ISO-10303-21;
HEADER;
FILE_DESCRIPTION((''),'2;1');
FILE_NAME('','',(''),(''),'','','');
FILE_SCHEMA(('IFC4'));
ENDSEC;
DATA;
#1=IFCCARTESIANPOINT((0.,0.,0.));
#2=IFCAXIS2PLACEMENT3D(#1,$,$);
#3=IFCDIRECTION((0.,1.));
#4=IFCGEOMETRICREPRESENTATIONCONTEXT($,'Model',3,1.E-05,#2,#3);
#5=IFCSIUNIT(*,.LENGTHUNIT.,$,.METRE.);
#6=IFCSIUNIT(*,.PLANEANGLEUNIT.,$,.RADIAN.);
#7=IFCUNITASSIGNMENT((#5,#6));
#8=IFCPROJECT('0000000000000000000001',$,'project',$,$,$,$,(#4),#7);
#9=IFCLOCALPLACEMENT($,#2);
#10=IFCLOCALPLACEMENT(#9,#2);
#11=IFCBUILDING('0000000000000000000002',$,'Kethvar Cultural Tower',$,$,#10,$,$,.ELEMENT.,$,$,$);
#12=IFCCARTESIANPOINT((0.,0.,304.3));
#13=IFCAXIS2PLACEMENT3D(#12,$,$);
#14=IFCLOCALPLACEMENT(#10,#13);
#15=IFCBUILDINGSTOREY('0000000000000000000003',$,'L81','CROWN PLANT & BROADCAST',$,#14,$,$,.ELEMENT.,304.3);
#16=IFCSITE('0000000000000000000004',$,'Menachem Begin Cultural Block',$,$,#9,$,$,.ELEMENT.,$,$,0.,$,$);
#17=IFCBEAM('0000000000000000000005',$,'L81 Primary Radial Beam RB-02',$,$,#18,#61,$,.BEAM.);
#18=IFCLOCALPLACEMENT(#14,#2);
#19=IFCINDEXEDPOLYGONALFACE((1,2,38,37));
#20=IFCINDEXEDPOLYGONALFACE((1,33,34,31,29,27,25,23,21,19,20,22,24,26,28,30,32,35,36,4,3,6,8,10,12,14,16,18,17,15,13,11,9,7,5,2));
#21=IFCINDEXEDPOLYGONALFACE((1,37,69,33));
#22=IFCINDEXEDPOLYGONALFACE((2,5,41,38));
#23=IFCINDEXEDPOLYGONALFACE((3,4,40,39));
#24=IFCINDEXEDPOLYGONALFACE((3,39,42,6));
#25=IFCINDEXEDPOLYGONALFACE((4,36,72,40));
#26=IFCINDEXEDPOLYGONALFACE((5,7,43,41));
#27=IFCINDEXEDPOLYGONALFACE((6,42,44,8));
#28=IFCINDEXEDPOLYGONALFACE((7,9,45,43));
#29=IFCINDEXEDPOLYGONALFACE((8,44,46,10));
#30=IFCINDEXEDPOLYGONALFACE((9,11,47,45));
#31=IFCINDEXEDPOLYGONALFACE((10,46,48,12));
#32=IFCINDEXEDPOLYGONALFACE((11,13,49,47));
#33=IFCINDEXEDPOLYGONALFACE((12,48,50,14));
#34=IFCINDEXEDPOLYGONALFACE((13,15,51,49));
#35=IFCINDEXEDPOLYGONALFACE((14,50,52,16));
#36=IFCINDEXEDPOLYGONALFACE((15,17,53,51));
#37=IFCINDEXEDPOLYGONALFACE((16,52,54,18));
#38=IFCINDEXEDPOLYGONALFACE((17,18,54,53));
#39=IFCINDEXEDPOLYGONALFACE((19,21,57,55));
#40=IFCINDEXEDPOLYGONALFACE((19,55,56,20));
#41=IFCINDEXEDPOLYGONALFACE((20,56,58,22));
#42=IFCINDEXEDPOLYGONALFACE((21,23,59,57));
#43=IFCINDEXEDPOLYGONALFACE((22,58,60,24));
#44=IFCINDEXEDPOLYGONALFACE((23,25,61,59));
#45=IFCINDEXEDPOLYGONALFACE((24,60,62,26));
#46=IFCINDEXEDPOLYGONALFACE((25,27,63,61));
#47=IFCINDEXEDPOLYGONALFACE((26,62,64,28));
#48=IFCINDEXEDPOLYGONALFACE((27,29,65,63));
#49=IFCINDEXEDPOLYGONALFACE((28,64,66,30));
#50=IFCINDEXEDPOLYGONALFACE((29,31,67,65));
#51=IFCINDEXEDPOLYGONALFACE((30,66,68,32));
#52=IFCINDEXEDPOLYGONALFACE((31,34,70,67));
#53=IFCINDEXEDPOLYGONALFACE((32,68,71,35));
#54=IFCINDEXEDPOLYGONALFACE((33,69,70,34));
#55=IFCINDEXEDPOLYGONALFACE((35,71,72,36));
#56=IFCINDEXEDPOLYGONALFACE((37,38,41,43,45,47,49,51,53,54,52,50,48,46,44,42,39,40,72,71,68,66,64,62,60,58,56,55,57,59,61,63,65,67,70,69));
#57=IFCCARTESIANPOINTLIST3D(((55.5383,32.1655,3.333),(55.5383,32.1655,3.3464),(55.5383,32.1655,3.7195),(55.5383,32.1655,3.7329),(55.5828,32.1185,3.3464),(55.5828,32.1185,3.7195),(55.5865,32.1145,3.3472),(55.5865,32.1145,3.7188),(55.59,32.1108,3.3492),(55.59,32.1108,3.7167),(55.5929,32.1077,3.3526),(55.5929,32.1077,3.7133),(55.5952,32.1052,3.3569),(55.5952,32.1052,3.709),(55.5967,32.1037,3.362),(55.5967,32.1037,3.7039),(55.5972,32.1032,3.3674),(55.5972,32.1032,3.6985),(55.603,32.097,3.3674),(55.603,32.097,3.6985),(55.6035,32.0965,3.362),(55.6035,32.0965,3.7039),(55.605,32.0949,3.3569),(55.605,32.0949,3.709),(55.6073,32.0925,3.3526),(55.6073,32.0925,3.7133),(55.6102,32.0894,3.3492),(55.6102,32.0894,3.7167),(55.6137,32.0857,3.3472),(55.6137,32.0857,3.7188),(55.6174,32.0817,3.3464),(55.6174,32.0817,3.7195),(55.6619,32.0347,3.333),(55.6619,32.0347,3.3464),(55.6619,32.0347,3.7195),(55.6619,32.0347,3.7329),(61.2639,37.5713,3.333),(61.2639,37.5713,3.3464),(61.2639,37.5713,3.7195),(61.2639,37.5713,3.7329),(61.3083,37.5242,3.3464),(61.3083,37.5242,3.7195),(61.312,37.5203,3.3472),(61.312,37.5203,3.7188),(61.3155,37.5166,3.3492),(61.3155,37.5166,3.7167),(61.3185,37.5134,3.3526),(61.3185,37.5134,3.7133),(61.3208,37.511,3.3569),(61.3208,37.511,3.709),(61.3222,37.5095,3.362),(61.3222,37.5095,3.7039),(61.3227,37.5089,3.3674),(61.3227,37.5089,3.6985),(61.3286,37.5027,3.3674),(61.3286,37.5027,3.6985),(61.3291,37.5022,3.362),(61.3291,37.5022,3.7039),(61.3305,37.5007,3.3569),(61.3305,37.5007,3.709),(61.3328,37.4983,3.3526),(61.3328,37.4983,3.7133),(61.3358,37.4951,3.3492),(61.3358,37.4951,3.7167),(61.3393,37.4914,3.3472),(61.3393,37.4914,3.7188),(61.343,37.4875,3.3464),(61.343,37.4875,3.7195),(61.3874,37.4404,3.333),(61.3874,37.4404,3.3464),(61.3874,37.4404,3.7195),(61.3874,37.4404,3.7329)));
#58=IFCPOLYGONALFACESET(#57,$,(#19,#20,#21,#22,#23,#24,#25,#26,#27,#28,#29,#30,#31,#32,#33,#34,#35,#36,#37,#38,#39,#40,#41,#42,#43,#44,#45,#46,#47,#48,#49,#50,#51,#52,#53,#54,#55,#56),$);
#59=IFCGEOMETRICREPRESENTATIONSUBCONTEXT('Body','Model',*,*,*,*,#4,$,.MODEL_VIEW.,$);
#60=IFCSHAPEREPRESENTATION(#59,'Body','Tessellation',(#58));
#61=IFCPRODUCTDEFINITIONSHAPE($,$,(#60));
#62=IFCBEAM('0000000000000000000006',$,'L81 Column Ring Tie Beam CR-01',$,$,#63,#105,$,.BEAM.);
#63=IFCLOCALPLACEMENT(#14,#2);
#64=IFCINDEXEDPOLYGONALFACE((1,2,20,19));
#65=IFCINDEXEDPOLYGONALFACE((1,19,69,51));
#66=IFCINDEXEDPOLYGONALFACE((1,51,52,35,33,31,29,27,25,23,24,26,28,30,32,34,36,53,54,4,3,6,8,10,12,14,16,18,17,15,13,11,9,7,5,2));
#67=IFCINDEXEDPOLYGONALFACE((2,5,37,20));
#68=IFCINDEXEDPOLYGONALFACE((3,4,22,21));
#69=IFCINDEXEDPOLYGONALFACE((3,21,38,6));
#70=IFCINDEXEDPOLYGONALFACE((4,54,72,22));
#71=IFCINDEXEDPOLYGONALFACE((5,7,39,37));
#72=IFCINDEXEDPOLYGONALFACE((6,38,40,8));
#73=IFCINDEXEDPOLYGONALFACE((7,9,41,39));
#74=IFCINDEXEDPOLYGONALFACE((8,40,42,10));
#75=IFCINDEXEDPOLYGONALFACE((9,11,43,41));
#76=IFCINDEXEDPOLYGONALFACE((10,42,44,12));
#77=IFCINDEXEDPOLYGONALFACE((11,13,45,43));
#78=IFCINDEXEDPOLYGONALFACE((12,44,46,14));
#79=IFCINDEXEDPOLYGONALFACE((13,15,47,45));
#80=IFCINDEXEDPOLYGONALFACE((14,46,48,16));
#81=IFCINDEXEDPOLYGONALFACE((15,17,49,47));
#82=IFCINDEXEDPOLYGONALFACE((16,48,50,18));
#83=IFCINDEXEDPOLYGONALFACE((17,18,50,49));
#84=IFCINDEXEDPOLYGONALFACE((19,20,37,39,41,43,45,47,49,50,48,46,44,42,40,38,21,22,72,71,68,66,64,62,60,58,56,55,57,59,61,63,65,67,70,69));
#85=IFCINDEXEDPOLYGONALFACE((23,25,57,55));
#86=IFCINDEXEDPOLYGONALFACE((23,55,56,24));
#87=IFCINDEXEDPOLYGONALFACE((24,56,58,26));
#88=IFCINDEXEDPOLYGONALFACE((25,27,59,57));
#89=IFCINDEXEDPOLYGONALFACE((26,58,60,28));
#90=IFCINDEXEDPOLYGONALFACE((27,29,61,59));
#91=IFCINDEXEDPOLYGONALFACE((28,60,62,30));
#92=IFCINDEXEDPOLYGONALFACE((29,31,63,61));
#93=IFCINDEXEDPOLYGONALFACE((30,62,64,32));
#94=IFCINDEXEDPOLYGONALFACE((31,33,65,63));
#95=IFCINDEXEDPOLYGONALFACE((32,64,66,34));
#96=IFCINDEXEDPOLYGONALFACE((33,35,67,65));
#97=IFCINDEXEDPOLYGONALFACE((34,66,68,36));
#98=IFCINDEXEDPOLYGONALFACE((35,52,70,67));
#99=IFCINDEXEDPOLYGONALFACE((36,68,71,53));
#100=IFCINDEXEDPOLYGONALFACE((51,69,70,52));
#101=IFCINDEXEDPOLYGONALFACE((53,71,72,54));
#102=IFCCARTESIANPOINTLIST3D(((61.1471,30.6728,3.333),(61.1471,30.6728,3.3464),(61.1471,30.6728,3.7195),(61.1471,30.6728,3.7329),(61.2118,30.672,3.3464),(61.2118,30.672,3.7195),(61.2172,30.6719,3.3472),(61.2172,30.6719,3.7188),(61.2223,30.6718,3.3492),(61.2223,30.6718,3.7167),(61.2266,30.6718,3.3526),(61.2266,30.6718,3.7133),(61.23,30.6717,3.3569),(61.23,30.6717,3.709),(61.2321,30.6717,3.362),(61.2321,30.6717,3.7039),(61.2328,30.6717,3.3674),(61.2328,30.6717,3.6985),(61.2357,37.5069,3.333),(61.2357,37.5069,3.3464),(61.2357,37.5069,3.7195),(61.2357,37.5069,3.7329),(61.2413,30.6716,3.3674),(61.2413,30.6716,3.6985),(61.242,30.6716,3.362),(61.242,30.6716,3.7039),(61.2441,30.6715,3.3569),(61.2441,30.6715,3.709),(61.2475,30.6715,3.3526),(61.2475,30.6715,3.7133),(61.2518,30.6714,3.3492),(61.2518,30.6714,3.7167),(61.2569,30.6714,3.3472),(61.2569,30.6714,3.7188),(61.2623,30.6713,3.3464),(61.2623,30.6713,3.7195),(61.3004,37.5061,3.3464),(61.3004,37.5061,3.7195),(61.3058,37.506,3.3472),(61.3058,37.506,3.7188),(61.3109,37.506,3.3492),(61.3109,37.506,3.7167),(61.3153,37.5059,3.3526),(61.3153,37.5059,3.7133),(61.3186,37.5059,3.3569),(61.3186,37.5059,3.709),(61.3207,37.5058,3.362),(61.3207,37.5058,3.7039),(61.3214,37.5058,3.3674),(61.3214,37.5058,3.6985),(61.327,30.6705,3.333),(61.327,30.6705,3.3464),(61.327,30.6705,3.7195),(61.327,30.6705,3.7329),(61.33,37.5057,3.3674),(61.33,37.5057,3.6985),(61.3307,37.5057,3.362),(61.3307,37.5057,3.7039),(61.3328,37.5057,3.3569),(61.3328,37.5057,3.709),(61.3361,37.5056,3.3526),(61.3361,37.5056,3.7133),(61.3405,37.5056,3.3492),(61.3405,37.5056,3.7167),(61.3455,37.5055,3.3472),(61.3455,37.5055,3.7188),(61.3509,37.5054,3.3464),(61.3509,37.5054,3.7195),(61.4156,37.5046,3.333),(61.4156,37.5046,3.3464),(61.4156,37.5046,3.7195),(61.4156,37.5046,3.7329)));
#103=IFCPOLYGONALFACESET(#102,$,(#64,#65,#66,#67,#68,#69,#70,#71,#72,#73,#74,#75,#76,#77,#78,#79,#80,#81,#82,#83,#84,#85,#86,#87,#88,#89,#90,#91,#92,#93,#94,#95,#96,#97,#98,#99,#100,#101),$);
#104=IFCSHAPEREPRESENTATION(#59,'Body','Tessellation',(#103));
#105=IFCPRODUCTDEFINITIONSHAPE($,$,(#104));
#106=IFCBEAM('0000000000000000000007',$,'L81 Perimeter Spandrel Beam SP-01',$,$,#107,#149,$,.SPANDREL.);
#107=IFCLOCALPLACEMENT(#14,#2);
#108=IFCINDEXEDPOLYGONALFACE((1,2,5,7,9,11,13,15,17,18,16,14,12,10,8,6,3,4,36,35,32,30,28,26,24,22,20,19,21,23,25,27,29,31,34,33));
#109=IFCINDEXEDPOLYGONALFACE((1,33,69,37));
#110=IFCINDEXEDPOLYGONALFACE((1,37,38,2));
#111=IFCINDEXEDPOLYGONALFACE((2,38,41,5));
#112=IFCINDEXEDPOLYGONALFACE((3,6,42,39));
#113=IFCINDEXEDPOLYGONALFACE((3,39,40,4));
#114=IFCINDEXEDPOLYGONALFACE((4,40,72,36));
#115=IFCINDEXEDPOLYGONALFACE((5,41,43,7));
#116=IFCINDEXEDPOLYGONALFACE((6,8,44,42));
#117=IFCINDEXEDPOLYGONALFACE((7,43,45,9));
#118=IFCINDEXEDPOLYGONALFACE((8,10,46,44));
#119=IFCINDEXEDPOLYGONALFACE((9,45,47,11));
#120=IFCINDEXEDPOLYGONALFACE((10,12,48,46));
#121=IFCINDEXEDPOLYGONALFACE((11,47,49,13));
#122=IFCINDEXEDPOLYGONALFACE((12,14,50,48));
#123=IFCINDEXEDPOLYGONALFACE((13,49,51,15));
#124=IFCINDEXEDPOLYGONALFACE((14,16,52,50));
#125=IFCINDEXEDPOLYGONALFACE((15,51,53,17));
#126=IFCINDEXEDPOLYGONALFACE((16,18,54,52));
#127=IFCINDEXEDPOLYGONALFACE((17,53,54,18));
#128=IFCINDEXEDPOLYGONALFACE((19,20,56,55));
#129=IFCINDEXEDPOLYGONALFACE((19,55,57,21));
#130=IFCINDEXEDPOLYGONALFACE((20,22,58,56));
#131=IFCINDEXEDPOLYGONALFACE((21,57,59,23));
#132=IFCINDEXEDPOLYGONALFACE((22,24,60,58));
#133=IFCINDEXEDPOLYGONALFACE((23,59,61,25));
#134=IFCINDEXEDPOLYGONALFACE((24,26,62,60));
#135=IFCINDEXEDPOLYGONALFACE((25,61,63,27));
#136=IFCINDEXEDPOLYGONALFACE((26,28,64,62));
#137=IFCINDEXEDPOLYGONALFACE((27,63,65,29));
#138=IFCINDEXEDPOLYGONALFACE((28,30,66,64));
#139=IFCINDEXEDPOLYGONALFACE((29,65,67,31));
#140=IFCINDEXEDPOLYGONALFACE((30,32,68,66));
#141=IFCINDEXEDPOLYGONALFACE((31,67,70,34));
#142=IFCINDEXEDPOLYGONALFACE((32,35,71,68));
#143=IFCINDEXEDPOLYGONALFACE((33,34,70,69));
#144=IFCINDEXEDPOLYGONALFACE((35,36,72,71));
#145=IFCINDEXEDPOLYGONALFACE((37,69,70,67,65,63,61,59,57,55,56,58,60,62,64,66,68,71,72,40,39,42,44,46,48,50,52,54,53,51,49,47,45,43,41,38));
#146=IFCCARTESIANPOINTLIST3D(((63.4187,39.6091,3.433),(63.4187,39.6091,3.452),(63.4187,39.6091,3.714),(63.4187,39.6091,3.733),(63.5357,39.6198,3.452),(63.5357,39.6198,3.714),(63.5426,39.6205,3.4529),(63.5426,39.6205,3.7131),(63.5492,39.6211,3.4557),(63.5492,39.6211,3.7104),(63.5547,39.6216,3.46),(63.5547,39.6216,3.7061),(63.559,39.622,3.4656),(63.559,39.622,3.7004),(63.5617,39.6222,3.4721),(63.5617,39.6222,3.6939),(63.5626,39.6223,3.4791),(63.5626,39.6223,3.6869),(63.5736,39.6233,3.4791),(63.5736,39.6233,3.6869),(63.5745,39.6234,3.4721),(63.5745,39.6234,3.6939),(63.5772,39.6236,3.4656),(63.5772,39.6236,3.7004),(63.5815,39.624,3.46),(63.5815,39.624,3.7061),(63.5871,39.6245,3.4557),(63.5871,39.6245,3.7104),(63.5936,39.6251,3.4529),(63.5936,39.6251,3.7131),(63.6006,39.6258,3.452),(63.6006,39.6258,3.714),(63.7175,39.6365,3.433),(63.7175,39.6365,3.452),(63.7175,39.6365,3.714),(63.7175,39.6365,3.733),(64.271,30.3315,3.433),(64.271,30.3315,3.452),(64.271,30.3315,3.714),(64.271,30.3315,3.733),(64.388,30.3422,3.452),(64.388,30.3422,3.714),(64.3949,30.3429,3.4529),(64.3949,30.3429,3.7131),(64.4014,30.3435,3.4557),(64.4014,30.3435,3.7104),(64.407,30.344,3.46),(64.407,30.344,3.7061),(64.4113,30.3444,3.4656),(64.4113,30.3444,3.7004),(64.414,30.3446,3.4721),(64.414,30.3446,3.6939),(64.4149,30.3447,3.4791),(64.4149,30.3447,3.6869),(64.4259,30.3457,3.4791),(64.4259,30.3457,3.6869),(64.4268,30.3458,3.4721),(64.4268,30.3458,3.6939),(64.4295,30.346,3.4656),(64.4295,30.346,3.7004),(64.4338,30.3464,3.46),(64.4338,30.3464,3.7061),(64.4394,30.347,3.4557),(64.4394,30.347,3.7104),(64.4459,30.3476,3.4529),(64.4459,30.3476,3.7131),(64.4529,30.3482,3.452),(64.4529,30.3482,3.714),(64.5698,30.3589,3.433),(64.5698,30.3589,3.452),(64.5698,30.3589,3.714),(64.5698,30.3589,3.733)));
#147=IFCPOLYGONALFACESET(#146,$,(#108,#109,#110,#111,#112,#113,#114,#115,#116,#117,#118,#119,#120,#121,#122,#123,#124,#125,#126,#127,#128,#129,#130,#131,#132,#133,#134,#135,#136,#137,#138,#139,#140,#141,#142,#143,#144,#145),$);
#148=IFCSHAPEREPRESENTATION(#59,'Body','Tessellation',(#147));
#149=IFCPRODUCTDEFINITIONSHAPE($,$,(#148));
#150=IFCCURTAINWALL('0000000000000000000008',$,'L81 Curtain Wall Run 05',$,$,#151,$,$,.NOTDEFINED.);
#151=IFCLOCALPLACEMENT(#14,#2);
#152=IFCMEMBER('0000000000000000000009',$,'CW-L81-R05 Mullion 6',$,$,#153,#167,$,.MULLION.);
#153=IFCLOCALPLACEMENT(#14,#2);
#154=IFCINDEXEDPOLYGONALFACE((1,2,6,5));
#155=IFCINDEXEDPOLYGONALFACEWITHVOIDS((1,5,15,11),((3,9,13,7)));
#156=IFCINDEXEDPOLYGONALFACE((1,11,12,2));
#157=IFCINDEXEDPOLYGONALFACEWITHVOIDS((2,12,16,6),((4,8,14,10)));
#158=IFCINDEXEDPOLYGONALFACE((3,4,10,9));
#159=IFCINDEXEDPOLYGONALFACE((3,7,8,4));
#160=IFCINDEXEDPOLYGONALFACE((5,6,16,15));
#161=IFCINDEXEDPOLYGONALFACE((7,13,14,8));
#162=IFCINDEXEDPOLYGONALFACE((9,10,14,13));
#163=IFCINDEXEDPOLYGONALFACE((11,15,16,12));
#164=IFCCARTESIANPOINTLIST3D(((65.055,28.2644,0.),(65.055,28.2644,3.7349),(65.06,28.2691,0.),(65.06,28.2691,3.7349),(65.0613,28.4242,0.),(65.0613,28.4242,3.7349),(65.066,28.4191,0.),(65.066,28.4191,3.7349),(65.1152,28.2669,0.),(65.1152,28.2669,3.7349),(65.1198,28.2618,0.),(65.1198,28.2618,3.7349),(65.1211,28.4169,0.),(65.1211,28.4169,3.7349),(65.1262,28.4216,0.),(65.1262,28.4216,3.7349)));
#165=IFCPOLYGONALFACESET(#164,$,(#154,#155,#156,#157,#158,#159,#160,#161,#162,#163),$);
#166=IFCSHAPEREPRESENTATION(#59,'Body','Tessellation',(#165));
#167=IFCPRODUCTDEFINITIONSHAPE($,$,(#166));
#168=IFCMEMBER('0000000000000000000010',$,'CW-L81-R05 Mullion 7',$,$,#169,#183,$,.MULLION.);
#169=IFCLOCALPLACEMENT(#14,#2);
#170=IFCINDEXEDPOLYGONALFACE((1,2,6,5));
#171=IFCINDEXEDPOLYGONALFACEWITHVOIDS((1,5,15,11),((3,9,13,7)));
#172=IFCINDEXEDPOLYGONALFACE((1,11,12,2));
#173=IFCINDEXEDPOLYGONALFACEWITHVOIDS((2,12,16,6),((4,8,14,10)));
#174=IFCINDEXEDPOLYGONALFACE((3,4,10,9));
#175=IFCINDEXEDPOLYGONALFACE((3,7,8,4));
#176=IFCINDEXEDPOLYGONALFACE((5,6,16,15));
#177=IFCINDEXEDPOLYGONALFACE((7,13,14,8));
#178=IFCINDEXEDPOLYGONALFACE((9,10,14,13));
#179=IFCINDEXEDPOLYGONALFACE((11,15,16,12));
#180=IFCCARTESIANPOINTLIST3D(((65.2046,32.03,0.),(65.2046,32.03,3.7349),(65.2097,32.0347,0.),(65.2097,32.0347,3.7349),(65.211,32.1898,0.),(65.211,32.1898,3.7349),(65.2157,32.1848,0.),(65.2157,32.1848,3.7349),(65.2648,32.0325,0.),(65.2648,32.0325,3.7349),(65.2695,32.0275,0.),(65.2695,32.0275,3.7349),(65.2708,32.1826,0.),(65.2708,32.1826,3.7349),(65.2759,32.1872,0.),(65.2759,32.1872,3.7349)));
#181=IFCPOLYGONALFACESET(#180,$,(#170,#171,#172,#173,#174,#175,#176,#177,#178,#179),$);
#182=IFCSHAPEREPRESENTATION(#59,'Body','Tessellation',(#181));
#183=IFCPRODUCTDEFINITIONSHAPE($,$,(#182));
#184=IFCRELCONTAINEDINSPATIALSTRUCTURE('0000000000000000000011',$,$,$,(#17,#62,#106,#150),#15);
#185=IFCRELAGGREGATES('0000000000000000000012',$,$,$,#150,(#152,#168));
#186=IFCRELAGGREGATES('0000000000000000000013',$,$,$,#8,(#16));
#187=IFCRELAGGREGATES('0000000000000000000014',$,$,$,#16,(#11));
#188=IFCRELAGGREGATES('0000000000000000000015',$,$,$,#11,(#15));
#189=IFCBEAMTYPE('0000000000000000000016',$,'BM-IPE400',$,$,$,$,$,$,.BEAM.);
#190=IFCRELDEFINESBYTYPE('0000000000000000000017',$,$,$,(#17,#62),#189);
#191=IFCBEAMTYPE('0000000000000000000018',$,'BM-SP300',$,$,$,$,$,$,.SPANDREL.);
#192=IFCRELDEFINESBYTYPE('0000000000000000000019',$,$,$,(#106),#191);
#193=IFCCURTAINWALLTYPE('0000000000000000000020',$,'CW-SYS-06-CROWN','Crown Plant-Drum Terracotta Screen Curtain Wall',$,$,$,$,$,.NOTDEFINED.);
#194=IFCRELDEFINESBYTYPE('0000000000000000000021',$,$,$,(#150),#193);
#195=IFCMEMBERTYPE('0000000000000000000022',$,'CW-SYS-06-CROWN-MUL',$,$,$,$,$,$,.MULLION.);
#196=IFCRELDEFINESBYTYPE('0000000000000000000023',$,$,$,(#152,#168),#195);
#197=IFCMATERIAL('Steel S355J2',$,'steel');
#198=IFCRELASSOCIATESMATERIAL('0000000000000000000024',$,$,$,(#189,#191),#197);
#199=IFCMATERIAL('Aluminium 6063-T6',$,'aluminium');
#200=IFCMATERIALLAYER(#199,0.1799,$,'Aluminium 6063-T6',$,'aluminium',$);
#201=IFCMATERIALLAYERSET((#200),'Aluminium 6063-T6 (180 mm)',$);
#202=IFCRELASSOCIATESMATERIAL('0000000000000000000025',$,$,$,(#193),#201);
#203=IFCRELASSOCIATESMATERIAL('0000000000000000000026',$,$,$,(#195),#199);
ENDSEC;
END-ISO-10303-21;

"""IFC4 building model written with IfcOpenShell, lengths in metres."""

from ifc_helpers import new_model, si_unit, direction, frame, origin, origin_2d, place, context, subcontext, project, spatial, hollow_rectangle, i_section, extrude, source, transform, mapped, material, layer, layer_set, material_profile, profile_set, type_object, element, aggregate, save


model = new_model("IFC4")

# Units and contexts
model_context = context("Model", 3, precision=1e-05, world=origin(), true_north=direction((0.0, 1.0)))
body_context = subcontext(model_context, "Body", "Model", "MODEL_VIEW")
ifc_project = project(units=[si_unit("LENGTHUNIT", "METRE"), si_unit("PLANEANGLEUNIT", "RADIAN")], contexts=[model_context])

# Site, building, storey
site_placement = place(None, origin())
site = spatial("IfcSite", under=ifc_project, at=site_placement, Name="Menachem Begin Cultural Block", CompositionType="ELEMENT", RefElevation=0.0)
building_placement = place(site_placement, origin())
building = spatial("IfcBuilding", under=site, at=building_placement, Name="Kethvar Cultural Tower", CompositionType="ELEMENT")
storey_placement = place(building_placement, frame((0.0, 0.0, 304.3)))
storey = spatial("IfcBuildingStorey", under=building, at=storey_placement, Name="L81", Description="CROWN PLANT & BROADCAST", CompositionType="ELEMENT", Elevation=304.3)

# Shared definitions
ifc_material_1 = material(Name="Steel S355J2", Category="steel")

# Beams
ifc_material_profile_1 = material_profile(ifc_material_1, i_section(OverallWidth=0.1799, OverallDepth=0.3999, WebThickness=0.0085, FlangeThickness=0.0134, FilletRadius=0.021, at=origin_2d()), Name="Steel S355J2 — IPE400")
ifc_profile_set_1 = profile_set([ifc_material_profile_1], Name="Steel S355J2 — IPE400")
beam_type_1 = type_object("IfcBeamType", Name="BM-IPE400", PredefinedType="BEAM", material=ifc_profile_set_1)
shared_shape_1 = source(origin(), body_context, "Body", "SweptSolid", [
    extrude(i_section(OverallWidth=0.1799, OverallDepth=0.3999, WebThickness=0.0085, FlangeThickness=0.0134, FilletRadius=0.021, at=origin_2d()), origin(), (0.0, 0.0, 1.0), 7.8743),
])
beam_1_placement = place(storey_placement, frame((55.6001, 32.1001, 3.533), z_axis=(0.727123, 0.686507, 0.0), x_axis=(-0.686507, 0.727123, 0.0)))
element("IfcBeam", 1, at=beam_1_placement, inside=storey, type_object=beam_type_1, Name="L81 Primary Radial Beam RB-02", PredefinedType="BEAM", context=body_context, shape_type="MappedRepresentation", body=[
    mapped(shared_shape_1, transform((0.0, 0.0, 0.0), scale=1.0)),
])
shared_shape_2 = source(origin(), body_context, "Body", "SweptSolid", [
    extrude(i_section(OverallWidth=0.1799, OverallDepth=0.3999, WebThickness=0.0085, FlangeThickness=0.0134, FilletRadius=0.021, at=origin_2d()), origin(), (0.0, 0.0, 1.0), 6.8347),
])
beam_2_placement = place(storey_placement, frame((61.2371, 30.6716, 3.533), z_axis=(0.012966, 0.999916, 0.0), x_axis=(-0.999916, 0.012966, 0.0)))
element("IfcBeam", 2, at=beam_2_placement, inside=storey, type_object=beam_type_1, Name="L81 Column Ring Tie Beam CR-01", PredefinedType="BEAM", context=body_context, shape_type="MappedRepresentation", body=[
    mapped(shared_shape_2, transform((0.0, 0.0, 0.0), scale=1.0)),
])
ifc_material_profile_2 = material_profile(ifc_material_1, i_section(OverallWidth=0.3, OverallDepth=0.3, WebThickness=0.011, FlangeThickness=0.019, FilletRadius=0.0271, at=origin_2d()), Name="Steel S355J2 — HEB300")
ifc_profile_set_2 = profile_set([ifc_material_profile_2], Name="Steel S355J2 — HEB300")
beam_type_2 = type_object("IfcBeamType", Name="BM-SP300", PredefinedType="SPANDREL", material=ifc_profile_set_2)
shared_shape_3 = source(origin(), body_context, "Body", "SweptSolid", [
    extrude(i_section(OverallWidth=0.3, OverallDepth=0.3, WebThickness=0.011, FlangeThickness=0.019, FilletRadius=0.0271, at=origin_2d()), origin(), (0.0, 0.0, 1.0), 9.3167),
])
beam_3_placement = place(storey_placement, frame((64.4204, 30.3452, 3.583), z_axis=(-0.091481, 0.995807, 0.0), x_axis=(-0.995807, -0.091481, 0.0)))
element("IfcBeam", 3, at=beam_3_placement, inside=storey, type_object=beam_type_2, Name="L81 Perimeter Spandrel Beam SP-01", PredefinedType="SPANDREL", context=body_context, shape_type="MappedRepresentation", body=[
    mapped(shared_shape_3, transform((0.0, 0.0, 0.0), scale=1.0)),
])

# Curtain wall, members
ifc_material_2 = material(Name="Aluminium 6063-T6", Category="aluminium")
ifc_layer_1 = layer(ifc_material_2, 0.1799, Name="Aluminium 6063-T6", Category="aluminium")
ifc_layer_set_1 = layer_set([ifc_layer_1], Name="Aluminium 6063-T6 (180 mm)")
curtain_wall_type = type_object("IfcCurtainWallType", Name="CW-SYS-06-CROWN", Description="Crown Plant-Drum Terracotta Screen Curtain Wall", PredefinedType="NOTDEFINED", material=ifc_layer_set_1)
curtain_wall_1_placement = place(storey_placement, origin())
curtain_wall_1 = element("IfcCurtainWall", 4, at=curtain_wall_1_placement, inside=storey, type_object=curtain_wall_type, Name="L81 Curtain Wall Run 05", PredefinedType="NOTDEFINED")
ifc_material_profile_3 = material_profile(ifc_material_2, hollow_rectangle(XDim=0.0649, YDim=0.1599, WallThickness=0.0049, at=origin_2d()), Name="Aluminium 6063-T6 — RHS160x65x5")
ifc_profile_set_3 = profile_set([ifc_material_profile_3], Name="Aluminium 6063-T6 — RHS160x65x5")
member_type_1 = type_object("IfcMemberType", Name="CW-SYS-06-CROWN-MUL", PredefinedType="MULLION", material=ifc_profile_set_3)
shared_shape_4 = source(origin(), body_context, "Body", "SweptSolid", [
    extrude(hollow_rectangle(XDim=0.0649, YDim=0.1599, WallThickness=0.0049, at=origin_2d()), origin(), (0.0, 0.0, 1.0), 3.7349),
])
member_1_placement = place(storey_placement, frame((65.0906, 28.343, 0.0), z_axis=(0.0, 0.0, 1.0), x_axis=(-0.99921, 0.039748, 0.0)))
member_1 = element("IfcMember", 5, at=member_1_placement, type_object=member_type_1, Name="CW-L81-R05 Mullion 6", PredefinedType="MULLION", context=body_context, shape_type="MappedRepresentation", body=[
    mapped(shared_shape_4, transform((0.0, 0.0, 0.0), scale=1.0)),
])
member_2_placement = place(storey_placement, frame((65.2402, 32.1086, 0.0), z_axis=(0.0, 0.0, 1.0), x_axis=(-0.99921, 0.039748, 0.0)))
member_2 = element("IfcMember", 6, at=member_2_placement, type_object=member_type_1, Name="CW-L81-R05 Mullion 7", PredefinedType="MULLION", context=body_context, shape_type="MappedRepresentation", body=[
    mapped(shared_shape_4, transform((0.0, 0.0, 0.0), scale=1.0)),
])

aggregate(curtain_wall_1, [member_1, member_2])

save(model, "model.ifc")
